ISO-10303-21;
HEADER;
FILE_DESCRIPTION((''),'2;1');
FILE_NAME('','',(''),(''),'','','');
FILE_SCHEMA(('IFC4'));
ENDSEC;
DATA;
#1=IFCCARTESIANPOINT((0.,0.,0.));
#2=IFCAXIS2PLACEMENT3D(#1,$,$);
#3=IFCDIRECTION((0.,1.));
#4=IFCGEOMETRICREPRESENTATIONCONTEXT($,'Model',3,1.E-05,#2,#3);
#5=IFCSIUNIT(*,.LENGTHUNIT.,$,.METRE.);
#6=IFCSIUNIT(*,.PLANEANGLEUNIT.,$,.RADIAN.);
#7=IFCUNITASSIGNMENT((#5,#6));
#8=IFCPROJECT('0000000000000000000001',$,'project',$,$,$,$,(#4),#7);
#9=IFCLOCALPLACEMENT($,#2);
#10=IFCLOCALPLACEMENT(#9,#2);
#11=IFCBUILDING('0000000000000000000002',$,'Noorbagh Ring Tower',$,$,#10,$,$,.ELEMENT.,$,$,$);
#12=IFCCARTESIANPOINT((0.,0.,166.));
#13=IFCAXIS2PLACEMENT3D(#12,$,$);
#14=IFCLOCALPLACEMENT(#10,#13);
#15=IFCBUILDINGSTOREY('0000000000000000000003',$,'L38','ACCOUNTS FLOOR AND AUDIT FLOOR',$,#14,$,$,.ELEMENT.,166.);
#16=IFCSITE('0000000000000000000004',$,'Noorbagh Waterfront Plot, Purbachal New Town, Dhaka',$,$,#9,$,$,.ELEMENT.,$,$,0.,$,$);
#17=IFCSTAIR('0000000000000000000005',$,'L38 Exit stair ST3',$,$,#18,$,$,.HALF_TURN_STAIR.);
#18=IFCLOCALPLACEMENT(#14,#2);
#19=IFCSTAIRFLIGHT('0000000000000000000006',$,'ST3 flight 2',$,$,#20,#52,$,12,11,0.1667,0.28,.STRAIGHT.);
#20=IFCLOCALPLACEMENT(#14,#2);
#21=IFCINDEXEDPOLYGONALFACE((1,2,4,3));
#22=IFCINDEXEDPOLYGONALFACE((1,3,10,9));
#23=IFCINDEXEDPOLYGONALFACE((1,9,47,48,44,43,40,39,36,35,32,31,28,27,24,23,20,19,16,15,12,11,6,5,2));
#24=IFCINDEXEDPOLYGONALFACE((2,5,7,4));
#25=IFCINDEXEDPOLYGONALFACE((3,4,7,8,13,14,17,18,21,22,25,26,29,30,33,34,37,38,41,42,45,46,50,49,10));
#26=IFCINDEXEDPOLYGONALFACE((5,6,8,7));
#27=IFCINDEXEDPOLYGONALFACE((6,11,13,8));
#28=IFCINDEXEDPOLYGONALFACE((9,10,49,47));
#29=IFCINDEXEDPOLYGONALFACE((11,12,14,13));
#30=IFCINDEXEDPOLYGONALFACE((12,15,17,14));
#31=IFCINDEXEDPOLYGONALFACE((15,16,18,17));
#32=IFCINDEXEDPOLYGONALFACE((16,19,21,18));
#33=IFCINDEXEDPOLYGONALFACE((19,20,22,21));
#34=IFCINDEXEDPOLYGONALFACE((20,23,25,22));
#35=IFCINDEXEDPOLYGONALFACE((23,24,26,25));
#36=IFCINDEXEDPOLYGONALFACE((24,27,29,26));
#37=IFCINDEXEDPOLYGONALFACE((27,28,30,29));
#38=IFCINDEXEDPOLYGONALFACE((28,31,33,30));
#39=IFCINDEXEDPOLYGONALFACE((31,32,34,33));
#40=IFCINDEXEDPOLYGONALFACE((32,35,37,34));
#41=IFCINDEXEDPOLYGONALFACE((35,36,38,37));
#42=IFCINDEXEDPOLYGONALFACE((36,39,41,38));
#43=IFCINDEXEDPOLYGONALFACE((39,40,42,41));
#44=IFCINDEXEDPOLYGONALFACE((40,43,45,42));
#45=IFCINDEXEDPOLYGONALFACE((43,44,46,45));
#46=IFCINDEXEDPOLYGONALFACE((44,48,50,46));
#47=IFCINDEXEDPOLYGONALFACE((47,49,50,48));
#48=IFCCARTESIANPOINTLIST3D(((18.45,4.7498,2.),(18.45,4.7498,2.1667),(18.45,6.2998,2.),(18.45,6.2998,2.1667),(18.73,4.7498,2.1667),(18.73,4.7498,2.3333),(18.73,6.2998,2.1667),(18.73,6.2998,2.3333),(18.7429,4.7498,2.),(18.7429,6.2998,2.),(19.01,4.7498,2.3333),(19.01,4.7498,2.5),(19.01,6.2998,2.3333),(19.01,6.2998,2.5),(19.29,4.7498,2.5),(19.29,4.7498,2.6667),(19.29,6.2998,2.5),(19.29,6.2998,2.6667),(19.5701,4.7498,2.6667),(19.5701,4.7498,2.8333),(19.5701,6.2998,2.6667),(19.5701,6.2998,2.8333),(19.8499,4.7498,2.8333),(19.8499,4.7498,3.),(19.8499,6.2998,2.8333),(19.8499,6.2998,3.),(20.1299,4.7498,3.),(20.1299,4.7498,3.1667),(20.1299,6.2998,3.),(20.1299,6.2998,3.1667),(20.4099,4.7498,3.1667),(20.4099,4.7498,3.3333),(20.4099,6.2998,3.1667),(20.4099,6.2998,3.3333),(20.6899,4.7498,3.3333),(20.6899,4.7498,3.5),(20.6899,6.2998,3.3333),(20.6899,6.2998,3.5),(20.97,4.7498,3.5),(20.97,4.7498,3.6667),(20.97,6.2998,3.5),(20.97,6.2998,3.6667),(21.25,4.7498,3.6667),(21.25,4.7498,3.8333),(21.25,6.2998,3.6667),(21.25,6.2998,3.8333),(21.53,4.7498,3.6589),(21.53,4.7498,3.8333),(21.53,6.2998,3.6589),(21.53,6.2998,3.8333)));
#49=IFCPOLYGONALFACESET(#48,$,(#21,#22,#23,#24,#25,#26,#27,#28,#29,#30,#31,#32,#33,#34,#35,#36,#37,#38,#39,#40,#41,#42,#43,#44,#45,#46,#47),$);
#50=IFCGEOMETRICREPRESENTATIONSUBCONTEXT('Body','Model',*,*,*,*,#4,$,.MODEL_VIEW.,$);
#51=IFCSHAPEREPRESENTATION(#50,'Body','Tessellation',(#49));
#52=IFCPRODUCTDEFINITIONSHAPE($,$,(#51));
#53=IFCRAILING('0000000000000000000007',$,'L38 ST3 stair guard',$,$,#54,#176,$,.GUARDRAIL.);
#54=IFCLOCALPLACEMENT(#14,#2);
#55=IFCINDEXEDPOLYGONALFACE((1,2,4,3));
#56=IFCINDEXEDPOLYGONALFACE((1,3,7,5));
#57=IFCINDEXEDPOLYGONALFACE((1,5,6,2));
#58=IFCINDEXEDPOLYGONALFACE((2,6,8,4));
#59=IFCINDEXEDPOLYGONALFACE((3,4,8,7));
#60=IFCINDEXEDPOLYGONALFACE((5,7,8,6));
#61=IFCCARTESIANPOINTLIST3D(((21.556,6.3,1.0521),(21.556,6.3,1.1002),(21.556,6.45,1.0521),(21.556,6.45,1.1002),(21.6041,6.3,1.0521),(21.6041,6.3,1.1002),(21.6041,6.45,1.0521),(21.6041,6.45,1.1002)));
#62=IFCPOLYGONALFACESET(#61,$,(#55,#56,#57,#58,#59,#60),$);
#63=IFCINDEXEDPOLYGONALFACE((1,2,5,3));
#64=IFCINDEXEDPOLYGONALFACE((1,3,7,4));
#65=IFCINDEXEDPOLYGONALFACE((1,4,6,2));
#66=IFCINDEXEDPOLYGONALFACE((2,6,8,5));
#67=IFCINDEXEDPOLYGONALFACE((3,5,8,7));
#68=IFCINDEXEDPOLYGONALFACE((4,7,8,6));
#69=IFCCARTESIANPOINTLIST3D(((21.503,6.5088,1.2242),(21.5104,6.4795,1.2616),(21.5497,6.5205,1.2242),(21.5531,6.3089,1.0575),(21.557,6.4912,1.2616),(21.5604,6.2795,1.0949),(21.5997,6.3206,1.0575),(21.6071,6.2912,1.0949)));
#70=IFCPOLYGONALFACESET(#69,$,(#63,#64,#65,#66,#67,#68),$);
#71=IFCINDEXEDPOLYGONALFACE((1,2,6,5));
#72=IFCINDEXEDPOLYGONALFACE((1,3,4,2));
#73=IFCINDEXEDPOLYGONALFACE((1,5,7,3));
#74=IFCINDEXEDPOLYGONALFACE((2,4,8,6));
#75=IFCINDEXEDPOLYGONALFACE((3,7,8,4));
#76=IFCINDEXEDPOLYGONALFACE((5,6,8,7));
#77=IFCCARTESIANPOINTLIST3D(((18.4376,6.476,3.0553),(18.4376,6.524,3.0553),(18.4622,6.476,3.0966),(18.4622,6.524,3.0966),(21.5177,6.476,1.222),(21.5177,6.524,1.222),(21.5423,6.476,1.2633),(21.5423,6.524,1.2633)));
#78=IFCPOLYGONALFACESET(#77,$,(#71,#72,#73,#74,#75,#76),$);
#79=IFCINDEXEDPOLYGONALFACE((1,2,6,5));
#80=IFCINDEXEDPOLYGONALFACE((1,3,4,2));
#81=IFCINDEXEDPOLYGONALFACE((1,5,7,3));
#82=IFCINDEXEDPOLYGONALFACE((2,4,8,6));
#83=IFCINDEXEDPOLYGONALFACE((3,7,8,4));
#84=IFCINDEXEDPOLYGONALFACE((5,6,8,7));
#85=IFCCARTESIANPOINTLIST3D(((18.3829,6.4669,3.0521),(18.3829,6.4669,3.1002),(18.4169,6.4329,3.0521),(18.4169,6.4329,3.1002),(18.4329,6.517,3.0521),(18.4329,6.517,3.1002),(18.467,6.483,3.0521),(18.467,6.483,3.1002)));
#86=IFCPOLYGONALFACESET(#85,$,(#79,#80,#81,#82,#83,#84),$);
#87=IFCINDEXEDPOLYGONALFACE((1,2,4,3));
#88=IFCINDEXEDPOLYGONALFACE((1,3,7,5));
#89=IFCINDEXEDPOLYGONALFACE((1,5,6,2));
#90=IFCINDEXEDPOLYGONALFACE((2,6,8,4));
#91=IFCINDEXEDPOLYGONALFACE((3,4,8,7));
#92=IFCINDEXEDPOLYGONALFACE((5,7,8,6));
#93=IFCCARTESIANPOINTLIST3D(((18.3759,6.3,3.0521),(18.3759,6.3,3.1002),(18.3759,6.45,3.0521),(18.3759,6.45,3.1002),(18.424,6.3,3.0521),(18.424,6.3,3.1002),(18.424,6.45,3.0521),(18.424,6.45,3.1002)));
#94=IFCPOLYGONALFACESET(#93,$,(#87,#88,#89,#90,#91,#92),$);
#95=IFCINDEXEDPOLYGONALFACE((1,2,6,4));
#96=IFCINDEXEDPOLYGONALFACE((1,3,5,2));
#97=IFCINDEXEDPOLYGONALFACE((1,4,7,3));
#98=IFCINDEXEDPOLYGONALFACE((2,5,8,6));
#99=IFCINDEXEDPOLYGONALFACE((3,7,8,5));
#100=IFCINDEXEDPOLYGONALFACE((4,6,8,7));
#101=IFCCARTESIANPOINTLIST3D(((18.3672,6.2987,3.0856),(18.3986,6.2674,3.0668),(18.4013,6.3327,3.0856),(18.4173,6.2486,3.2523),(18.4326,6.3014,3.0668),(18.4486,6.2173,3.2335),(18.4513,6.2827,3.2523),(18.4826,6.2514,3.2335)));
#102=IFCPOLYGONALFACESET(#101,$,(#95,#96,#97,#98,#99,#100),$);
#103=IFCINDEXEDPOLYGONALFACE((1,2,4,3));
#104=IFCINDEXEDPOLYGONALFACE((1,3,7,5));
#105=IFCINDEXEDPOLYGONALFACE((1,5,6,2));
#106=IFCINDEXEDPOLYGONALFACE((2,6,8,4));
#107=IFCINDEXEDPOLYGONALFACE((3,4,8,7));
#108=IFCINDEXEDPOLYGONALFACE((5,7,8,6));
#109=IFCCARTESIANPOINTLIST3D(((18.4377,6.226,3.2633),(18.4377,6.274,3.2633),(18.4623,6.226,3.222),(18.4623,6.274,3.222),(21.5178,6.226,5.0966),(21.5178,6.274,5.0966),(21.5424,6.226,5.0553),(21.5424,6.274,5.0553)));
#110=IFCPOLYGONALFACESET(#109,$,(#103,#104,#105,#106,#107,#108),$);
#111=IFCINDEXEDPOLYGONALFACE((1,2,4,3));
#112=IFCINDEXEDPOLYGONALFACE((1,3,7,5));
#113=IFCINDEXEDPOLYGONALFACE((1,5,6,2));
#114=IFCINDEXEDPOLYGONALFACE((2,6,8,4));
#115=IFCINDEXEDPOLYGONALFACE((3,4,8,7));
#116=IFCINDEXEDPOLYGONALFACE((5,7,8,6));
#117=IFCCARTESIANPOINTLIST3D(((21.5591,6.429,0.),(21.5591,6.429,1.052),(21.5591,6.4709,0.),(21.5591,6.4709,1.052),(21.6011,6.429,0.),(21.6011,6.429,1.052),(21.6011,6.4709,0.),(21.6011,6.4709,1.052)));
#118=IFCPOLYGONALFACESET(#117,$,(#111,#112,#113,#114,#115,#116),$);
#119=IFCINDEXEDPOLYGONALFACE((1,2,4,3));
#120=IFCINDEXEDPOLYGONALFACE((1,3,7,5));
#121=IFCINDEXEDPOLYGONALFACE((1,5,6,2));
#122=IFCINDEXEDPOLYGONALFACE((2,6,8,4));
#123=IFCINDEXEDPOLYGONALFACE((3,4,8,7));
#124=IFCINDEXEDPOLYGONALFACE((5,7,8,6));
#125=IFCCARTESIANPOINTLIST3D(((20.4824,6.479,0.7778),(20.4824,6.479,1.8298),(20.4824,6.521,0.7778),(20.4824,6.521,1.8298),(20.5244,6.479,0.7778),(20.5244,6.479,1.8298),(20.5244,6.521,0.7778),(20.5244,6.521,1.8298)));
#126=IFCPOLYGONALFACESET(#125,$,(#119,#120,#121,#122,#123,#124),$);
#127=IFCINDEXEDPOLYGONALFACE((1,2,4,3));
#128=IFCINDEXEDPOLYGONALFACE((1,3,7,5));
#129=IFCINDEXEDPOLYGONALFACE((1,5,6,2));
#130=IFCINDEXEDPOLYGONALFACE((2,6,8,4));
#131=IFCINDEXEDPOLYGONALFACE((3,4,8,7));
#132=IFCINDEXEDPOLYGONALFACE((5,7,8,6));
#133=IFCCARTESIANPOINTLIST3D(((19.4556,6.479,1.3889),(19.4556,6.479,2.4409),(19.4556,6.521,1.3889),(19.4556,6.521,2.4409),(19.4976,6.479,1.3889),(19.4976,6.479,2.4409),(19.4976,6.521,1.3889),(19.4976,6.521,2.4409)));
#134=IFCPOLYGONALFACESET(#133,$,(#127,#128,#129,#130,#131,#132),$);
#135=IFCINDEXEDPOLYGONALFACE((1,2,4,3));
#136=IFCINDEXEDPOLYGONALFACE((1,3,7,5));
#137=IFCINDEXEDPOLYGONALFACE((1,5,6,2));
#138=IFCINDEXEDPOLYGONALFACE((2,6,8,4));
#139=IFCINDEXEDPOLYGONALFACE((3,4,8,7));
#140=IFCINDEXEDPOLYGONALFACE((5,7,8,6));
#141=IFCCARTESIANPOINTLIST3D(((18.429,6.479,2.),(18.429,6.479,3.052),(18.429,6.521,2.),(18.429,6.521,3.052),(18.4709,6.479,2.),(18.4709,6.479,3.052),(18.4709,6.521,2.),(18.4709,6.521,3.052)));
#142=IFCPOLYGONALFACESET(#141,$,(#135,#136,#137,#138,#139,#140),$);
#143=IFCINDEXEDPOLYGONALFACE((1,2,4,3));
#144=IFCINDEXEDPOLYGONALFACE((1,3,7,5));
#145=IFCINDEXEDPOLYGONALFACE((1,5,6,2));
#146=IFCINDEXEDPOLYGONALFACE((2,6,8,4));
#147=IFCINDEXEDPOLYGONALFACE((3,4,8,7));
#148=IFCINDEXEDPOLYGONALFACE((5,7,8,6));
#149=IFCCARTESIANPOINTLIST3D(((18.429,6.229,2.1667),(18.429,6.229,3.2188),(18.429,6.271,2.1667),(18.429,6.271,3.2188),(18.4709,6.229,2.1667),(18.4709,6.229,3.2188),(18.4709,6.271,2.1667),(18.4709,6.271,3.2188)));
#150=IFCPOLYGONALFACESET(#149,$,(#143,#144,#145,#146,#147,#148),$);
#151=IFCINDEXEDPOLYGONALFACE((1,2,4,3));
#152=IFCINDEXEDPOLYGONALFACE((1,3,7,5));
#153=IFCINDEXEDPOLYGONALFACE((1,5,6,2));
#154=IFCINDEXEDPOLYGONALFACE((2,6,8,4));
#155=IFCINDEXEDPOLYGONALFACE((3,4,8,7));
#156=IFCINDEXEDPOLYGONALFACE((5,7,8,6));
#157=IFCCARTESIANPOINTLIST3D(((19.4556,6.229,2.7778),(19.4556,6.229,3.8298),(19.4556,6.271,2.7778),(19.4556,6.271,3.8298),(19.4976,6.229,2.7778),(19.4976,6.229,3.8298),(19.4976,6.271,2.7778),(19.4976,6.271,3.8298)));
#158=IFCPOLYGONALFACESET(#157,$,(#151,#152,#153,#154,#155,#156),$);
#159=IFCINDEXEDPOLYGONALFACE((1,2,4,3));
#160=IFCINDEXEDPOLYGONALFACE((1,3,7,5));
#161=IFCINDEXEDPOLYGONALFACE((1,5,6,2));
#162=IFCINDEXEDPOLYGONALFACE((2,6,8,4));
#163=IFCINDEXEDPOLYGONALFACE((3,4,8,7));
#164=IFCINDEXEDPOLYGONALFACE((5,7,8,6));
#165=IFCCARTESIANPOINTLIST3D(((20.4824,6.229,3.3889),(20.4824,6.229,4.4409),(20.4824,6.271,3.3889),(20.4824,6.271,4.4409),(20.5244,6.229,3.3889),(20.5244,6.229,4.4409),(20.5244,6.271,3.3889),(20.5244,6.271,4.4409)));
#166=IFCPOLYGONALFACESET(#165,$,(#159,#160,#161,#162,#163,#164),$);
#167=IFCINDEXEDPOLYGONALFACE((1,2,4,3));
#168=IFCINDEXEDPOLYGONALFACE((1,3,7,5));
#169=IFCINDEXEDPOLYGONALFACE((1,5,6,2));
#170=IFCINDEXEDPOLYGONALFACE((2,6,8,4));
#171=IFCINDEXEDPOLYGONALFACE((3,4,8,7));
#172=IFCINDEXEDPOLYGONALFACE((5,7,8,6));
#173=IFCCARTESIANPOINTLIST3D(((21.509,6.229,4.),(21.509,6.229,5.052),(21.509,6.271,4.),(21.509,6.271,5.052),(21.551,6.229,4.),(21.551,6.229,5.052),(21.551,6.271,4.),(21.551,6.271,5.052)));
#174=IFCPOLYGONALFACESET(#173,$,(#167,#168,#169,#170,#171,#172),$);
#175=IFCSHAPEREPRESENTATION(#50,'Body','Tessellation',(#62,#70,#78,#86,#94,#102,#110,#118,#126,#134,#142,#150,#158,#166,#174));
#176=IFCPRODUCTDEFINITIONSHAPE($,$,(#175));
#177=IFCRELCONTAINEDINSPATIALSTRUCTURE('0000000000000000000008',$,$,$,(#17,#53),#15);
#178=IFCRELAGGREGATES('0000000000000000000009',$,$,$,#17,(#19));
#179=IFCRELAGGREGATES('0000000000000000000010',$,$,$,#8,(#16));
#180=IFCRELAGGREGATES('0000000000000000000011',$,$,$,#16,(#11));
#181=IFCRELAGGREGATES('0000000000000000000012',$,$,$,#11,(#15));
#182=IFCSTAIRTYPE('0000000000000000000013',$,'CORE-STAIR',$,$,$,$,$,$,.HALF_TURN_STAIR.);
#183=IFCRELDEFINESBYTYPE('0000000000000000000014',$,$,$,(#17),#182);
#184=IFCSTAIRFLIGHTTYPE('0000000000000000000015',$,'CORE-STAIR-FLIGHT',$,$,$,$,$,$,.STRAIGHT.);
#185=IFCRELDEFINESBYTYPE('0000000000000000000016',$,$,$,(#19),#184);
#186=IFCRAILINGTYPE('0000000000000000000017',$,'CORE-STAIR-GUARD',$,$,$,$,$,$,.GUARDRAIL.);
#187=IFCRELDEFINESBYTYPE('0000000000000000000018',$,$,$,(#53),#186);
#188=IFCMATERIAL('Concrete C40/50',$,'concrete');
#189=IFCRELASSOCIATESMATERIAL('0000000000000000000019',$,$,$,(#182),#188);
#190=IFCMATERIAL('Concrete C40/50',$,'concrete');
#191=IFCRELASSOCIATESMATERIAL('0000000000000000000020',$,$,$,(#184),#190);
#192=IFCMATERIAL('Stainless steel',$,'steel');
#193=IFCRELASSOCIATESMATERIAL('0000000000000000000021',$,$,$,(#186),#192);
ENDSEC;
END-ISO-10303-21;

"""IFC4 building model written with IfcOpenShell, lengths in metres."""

from ifc_helpers import new_model, si_unit, direction, frame, origin, origin_2d, place, context, subcontext, project, spatial, polyline, rectangle, outline, extrude, material, type_object, element, aggregate, save


model = new_model("IFC4")

# Units and contexts
model_context = context("Model", 3, precision=1e-05, world=origin(), true_north=direction((0.0, 1.0)))
body_context = subcontext(model_context, "Body", "Model", "MODEL_VIEW")
ifc_project = project(units=[si_unit("LENGTHUNIT", "METRE"), si_unit("PLANEANGLEUNIT", "RADIAN")], contexts=[model_context])

# Site, building, storey
site_placement = place(None, origin())
site = spatial("IfcSite", under=ifc_project, at=site_placement, Name="Noorbagh Waterfront Plot, Purbachal New Town, Dhaka", CompositionType="ELEMENT", RefElevation=0.0)
building_placement = place(site_placement, origin())
building = spatial("IfcBuilding", under=site, at=building_placement, Name="Noorbagh Ring Tower", CompositionType="ELEMENT")
storey_placement = place(building_placement, frame((0.0, 0.0, 166.0)))
storey = spatial("IfcBuildingStorey", under=building, at=storey_placement, Name="L38", Description="ACCOUNTS FLOOR AND AUDIT FLOOR", CompositionType="ELEMENT", Elevation=166.0)

# Stair, stair flight
ifc_material_1 = material(Name="Concrete C40/50", Category="concrete")
stair_type = type_object("IfcStairType", Name="CORE-STAIR", PredefinedType="HALF_TURN_STAIR", material=ifc_material_1)
stair_placement = place(storey_placement, origin())
stair = element("IfcStair", 1, at=stair_placement, inside=storey, type_object=stair_type, Name="L38 Exit stair ST3", PredefinedType="HALF_TURN_STAIR")
ifc_material_2 = material(Name="Concrete C40/50", Category="concrete")
stair_flight_type = type_object("IfcStairFlightType", Name="CORE-STAIR-FLIGHT", PredefinedType="STRAIGHT", material=ifc_material_2)
stair_flight_placement = place(storey_placement, frame((18.45, 5.5249, 2.0), z_axis=(0.0, 0.0, 1.0), x_axis=(1.0, 0.0, 0.0)))
stair_flight = element("IfcStairFlight", 2, at=stair_flight_placement, type_object=stair_flight_type, Name="ST3 flight 2", NumberOfRisers=12, NumberOfTreads=11, PredefinedType="STRAIGHT", RiserHeight=0.1667, TreadLength=0.28, context=body_context, shape_type="SweptSolid", body=[
    extrude(outline(polyline([(0.0, 0.0), (0.0, 0.1667), (0.28, 0.1667), (0.28, 0.3333), (0.5601, 0.3333), (0.5601, 0.5), (0.8401, 0.5), (0.8401, 0.6667), (1.1201, 0.6667), (1.1201, 0.8333), (1.3999, 0.8333), (1.3999, 1.0), (1.6799, 1.0), (1.6799, 1.1667), (1.96, 1.1667), (1.96, 1.3333), (2.24, 1.3333), (2.24, 1.5), (2.52, 1.5), (2.52, 1.6667), (2.8, 1.6667), (2.8, 1.8333), (3.0801, 1.8333), (3.0801, 2.0), (3.0801, 1.6589), (0.293, 0.0), (0.0, 0.0)])), frame((0.0, 0.7749, 0.0), z_axis=(0.0, -1.0, 0.0), x_axis=(1.0, 0.0, 0.0)), (0.0, 0.0, 1.0), 1.55),
])
aggregate(stair, [stair_flight])

# Railing
ifc_material_3 = material(Name="Stainless steel", Category="steel")
railing_type = type_object("IfcRailingType", Name="CORE-STAIR-GUARD", PredefinedType="GUARDRAIL", material=ifc_material_3)
railing_placement = place(storey_placement, frame((21.5801, 6.45, 0.0)))
element("IfcRailing", 3, at=railing_placement, inside=storey, type_object=railing_type, Name="L38 ST3 stair guard", PredefinedType="GUARDRAIL", context=body_context, shape_type="SweptSolid", body=[
    extrude(rectangle(XDim=0.0481, YDim=0.0481, at=origin_2d()), frame((0.0, 0.0, 1.0762), z_axis=(0.0, -1.0, 0.0), x_axis=(1.0, 0.0, 0.0)), (0.0, 0.0, 1.0), 0.1499),
    extrude(rectangle(XDim=0.0481, YDim=0.0481, at=origin_2d()), frame((0.0, -0.1499, 1.0762), z_axis=(-0.188776, 0.754182, 0.628946), x_axis=(-0.970073, -0.242814, 0.0)), (0.0, 0.0, 1.0), 0.2651),
    extrude(rectangle(XDim=0.0481, YDim=0.0481, at=origin_2d()), frame((-0.05, 0.05, 1.2427), z_axis=(-0.859309, 0.0, 0.511458), x_axis=(0.0, -1.0, 0.0)), (0.0, 0.0, 1.0), 3.5845),
    extrude(rectangle(XDim=0.0481, YDim=0.0481, at=origin_2d()), frame((-3.1301, 0.05, 3.0762), z_axis=(-0.707107, -0.707107, 0.0), x_axis=(0.707107, -0.707107, 0.0)), (0.0, 0.0, 1.0), 0.0708),
    extrude(rectangle(XDim=0.0481, YDim=0.0481, at=origin_2d()), frame((-3.1802, 0.0, 3.0762), z_axis=(0.0, -1.0, 0.0), x_axis=(1.0, 0.0, 0.0)), (0.0, 0.0, 1.0), 0.1499),
    extrude(rectangle(XDim=0.0481, YDim=0.0481, at=origin_2d()), frame((-3.1802, -0.1499, 3.0762), z_axis=(0.276287, -0.276287, 0.920506), x_axis=(0.707107, 0.707107, 0.0)), (0.0, 0.0, 1.0), 0.1812),
    extrude(rectangle(XDim=0.0481, YDim=0.0481, at=origin_2d()), frame((-3.1301, -0.2, 3.2427), z_axis=(0.859309, 0.0, 0.511458), x_axis=(0.0, 1.0, 0.0)), (0.0, 0.0, 1.0), 3.5845),
    extrude(rectangle(XDim=0.042, YDim=0.042, at=origin_2d()), origin(), (0.0, 0.0, 1.0), 1.052),
    extrude(rectangle(XDim=0.042, YDim=0.042, at=origin_2d()), frame((-1.0767, 0.05, 0.7778)), (0.0, 0.0, 1.0), 1.052),
    extrude(rectangle(XDim=0.042, YDim=0.042, at=origin_2d()), frame((-2.1035, 0.05, 1.3889)), (0.0, 0.0, 1.0), 1.052),
    extrude(rectangle(XDim=0.042, YDim=0.042, at=origin_2d()), frame((-3.1301, 0.05, 2.0)), (0.0, 0.0, 1.0), 1.052),
    extrude(rectangle(XDim=0.042, YDim=0.042, at=origin_2d()), frame((-3.1301, -0.2, 2.1667)), (0.0, 0.0, 1.0), 1.052),
    extrude(rectangle(XDim=0.042, YDim=0.042, at=origin_2d()), frame((-2.1035, -0.2, 2.7778)), (0.0, 0.0, 1.0), 1.052),
    extrude(rectangle(XDim=0.042, YDim=0.042, at=origin_2d()), frame((-1.0767, -0.2, 3.3889)), (0.0, 0.0, 1.0), 1.052),
    extrude(rectangle(XDim=0.042, YDim=0.042, at=origin_2d()), frame((-0.05, -0.2, 4.0)), (0.0, 0.0, 1.0), 1.052),
])

save(model, "model.ifc")
